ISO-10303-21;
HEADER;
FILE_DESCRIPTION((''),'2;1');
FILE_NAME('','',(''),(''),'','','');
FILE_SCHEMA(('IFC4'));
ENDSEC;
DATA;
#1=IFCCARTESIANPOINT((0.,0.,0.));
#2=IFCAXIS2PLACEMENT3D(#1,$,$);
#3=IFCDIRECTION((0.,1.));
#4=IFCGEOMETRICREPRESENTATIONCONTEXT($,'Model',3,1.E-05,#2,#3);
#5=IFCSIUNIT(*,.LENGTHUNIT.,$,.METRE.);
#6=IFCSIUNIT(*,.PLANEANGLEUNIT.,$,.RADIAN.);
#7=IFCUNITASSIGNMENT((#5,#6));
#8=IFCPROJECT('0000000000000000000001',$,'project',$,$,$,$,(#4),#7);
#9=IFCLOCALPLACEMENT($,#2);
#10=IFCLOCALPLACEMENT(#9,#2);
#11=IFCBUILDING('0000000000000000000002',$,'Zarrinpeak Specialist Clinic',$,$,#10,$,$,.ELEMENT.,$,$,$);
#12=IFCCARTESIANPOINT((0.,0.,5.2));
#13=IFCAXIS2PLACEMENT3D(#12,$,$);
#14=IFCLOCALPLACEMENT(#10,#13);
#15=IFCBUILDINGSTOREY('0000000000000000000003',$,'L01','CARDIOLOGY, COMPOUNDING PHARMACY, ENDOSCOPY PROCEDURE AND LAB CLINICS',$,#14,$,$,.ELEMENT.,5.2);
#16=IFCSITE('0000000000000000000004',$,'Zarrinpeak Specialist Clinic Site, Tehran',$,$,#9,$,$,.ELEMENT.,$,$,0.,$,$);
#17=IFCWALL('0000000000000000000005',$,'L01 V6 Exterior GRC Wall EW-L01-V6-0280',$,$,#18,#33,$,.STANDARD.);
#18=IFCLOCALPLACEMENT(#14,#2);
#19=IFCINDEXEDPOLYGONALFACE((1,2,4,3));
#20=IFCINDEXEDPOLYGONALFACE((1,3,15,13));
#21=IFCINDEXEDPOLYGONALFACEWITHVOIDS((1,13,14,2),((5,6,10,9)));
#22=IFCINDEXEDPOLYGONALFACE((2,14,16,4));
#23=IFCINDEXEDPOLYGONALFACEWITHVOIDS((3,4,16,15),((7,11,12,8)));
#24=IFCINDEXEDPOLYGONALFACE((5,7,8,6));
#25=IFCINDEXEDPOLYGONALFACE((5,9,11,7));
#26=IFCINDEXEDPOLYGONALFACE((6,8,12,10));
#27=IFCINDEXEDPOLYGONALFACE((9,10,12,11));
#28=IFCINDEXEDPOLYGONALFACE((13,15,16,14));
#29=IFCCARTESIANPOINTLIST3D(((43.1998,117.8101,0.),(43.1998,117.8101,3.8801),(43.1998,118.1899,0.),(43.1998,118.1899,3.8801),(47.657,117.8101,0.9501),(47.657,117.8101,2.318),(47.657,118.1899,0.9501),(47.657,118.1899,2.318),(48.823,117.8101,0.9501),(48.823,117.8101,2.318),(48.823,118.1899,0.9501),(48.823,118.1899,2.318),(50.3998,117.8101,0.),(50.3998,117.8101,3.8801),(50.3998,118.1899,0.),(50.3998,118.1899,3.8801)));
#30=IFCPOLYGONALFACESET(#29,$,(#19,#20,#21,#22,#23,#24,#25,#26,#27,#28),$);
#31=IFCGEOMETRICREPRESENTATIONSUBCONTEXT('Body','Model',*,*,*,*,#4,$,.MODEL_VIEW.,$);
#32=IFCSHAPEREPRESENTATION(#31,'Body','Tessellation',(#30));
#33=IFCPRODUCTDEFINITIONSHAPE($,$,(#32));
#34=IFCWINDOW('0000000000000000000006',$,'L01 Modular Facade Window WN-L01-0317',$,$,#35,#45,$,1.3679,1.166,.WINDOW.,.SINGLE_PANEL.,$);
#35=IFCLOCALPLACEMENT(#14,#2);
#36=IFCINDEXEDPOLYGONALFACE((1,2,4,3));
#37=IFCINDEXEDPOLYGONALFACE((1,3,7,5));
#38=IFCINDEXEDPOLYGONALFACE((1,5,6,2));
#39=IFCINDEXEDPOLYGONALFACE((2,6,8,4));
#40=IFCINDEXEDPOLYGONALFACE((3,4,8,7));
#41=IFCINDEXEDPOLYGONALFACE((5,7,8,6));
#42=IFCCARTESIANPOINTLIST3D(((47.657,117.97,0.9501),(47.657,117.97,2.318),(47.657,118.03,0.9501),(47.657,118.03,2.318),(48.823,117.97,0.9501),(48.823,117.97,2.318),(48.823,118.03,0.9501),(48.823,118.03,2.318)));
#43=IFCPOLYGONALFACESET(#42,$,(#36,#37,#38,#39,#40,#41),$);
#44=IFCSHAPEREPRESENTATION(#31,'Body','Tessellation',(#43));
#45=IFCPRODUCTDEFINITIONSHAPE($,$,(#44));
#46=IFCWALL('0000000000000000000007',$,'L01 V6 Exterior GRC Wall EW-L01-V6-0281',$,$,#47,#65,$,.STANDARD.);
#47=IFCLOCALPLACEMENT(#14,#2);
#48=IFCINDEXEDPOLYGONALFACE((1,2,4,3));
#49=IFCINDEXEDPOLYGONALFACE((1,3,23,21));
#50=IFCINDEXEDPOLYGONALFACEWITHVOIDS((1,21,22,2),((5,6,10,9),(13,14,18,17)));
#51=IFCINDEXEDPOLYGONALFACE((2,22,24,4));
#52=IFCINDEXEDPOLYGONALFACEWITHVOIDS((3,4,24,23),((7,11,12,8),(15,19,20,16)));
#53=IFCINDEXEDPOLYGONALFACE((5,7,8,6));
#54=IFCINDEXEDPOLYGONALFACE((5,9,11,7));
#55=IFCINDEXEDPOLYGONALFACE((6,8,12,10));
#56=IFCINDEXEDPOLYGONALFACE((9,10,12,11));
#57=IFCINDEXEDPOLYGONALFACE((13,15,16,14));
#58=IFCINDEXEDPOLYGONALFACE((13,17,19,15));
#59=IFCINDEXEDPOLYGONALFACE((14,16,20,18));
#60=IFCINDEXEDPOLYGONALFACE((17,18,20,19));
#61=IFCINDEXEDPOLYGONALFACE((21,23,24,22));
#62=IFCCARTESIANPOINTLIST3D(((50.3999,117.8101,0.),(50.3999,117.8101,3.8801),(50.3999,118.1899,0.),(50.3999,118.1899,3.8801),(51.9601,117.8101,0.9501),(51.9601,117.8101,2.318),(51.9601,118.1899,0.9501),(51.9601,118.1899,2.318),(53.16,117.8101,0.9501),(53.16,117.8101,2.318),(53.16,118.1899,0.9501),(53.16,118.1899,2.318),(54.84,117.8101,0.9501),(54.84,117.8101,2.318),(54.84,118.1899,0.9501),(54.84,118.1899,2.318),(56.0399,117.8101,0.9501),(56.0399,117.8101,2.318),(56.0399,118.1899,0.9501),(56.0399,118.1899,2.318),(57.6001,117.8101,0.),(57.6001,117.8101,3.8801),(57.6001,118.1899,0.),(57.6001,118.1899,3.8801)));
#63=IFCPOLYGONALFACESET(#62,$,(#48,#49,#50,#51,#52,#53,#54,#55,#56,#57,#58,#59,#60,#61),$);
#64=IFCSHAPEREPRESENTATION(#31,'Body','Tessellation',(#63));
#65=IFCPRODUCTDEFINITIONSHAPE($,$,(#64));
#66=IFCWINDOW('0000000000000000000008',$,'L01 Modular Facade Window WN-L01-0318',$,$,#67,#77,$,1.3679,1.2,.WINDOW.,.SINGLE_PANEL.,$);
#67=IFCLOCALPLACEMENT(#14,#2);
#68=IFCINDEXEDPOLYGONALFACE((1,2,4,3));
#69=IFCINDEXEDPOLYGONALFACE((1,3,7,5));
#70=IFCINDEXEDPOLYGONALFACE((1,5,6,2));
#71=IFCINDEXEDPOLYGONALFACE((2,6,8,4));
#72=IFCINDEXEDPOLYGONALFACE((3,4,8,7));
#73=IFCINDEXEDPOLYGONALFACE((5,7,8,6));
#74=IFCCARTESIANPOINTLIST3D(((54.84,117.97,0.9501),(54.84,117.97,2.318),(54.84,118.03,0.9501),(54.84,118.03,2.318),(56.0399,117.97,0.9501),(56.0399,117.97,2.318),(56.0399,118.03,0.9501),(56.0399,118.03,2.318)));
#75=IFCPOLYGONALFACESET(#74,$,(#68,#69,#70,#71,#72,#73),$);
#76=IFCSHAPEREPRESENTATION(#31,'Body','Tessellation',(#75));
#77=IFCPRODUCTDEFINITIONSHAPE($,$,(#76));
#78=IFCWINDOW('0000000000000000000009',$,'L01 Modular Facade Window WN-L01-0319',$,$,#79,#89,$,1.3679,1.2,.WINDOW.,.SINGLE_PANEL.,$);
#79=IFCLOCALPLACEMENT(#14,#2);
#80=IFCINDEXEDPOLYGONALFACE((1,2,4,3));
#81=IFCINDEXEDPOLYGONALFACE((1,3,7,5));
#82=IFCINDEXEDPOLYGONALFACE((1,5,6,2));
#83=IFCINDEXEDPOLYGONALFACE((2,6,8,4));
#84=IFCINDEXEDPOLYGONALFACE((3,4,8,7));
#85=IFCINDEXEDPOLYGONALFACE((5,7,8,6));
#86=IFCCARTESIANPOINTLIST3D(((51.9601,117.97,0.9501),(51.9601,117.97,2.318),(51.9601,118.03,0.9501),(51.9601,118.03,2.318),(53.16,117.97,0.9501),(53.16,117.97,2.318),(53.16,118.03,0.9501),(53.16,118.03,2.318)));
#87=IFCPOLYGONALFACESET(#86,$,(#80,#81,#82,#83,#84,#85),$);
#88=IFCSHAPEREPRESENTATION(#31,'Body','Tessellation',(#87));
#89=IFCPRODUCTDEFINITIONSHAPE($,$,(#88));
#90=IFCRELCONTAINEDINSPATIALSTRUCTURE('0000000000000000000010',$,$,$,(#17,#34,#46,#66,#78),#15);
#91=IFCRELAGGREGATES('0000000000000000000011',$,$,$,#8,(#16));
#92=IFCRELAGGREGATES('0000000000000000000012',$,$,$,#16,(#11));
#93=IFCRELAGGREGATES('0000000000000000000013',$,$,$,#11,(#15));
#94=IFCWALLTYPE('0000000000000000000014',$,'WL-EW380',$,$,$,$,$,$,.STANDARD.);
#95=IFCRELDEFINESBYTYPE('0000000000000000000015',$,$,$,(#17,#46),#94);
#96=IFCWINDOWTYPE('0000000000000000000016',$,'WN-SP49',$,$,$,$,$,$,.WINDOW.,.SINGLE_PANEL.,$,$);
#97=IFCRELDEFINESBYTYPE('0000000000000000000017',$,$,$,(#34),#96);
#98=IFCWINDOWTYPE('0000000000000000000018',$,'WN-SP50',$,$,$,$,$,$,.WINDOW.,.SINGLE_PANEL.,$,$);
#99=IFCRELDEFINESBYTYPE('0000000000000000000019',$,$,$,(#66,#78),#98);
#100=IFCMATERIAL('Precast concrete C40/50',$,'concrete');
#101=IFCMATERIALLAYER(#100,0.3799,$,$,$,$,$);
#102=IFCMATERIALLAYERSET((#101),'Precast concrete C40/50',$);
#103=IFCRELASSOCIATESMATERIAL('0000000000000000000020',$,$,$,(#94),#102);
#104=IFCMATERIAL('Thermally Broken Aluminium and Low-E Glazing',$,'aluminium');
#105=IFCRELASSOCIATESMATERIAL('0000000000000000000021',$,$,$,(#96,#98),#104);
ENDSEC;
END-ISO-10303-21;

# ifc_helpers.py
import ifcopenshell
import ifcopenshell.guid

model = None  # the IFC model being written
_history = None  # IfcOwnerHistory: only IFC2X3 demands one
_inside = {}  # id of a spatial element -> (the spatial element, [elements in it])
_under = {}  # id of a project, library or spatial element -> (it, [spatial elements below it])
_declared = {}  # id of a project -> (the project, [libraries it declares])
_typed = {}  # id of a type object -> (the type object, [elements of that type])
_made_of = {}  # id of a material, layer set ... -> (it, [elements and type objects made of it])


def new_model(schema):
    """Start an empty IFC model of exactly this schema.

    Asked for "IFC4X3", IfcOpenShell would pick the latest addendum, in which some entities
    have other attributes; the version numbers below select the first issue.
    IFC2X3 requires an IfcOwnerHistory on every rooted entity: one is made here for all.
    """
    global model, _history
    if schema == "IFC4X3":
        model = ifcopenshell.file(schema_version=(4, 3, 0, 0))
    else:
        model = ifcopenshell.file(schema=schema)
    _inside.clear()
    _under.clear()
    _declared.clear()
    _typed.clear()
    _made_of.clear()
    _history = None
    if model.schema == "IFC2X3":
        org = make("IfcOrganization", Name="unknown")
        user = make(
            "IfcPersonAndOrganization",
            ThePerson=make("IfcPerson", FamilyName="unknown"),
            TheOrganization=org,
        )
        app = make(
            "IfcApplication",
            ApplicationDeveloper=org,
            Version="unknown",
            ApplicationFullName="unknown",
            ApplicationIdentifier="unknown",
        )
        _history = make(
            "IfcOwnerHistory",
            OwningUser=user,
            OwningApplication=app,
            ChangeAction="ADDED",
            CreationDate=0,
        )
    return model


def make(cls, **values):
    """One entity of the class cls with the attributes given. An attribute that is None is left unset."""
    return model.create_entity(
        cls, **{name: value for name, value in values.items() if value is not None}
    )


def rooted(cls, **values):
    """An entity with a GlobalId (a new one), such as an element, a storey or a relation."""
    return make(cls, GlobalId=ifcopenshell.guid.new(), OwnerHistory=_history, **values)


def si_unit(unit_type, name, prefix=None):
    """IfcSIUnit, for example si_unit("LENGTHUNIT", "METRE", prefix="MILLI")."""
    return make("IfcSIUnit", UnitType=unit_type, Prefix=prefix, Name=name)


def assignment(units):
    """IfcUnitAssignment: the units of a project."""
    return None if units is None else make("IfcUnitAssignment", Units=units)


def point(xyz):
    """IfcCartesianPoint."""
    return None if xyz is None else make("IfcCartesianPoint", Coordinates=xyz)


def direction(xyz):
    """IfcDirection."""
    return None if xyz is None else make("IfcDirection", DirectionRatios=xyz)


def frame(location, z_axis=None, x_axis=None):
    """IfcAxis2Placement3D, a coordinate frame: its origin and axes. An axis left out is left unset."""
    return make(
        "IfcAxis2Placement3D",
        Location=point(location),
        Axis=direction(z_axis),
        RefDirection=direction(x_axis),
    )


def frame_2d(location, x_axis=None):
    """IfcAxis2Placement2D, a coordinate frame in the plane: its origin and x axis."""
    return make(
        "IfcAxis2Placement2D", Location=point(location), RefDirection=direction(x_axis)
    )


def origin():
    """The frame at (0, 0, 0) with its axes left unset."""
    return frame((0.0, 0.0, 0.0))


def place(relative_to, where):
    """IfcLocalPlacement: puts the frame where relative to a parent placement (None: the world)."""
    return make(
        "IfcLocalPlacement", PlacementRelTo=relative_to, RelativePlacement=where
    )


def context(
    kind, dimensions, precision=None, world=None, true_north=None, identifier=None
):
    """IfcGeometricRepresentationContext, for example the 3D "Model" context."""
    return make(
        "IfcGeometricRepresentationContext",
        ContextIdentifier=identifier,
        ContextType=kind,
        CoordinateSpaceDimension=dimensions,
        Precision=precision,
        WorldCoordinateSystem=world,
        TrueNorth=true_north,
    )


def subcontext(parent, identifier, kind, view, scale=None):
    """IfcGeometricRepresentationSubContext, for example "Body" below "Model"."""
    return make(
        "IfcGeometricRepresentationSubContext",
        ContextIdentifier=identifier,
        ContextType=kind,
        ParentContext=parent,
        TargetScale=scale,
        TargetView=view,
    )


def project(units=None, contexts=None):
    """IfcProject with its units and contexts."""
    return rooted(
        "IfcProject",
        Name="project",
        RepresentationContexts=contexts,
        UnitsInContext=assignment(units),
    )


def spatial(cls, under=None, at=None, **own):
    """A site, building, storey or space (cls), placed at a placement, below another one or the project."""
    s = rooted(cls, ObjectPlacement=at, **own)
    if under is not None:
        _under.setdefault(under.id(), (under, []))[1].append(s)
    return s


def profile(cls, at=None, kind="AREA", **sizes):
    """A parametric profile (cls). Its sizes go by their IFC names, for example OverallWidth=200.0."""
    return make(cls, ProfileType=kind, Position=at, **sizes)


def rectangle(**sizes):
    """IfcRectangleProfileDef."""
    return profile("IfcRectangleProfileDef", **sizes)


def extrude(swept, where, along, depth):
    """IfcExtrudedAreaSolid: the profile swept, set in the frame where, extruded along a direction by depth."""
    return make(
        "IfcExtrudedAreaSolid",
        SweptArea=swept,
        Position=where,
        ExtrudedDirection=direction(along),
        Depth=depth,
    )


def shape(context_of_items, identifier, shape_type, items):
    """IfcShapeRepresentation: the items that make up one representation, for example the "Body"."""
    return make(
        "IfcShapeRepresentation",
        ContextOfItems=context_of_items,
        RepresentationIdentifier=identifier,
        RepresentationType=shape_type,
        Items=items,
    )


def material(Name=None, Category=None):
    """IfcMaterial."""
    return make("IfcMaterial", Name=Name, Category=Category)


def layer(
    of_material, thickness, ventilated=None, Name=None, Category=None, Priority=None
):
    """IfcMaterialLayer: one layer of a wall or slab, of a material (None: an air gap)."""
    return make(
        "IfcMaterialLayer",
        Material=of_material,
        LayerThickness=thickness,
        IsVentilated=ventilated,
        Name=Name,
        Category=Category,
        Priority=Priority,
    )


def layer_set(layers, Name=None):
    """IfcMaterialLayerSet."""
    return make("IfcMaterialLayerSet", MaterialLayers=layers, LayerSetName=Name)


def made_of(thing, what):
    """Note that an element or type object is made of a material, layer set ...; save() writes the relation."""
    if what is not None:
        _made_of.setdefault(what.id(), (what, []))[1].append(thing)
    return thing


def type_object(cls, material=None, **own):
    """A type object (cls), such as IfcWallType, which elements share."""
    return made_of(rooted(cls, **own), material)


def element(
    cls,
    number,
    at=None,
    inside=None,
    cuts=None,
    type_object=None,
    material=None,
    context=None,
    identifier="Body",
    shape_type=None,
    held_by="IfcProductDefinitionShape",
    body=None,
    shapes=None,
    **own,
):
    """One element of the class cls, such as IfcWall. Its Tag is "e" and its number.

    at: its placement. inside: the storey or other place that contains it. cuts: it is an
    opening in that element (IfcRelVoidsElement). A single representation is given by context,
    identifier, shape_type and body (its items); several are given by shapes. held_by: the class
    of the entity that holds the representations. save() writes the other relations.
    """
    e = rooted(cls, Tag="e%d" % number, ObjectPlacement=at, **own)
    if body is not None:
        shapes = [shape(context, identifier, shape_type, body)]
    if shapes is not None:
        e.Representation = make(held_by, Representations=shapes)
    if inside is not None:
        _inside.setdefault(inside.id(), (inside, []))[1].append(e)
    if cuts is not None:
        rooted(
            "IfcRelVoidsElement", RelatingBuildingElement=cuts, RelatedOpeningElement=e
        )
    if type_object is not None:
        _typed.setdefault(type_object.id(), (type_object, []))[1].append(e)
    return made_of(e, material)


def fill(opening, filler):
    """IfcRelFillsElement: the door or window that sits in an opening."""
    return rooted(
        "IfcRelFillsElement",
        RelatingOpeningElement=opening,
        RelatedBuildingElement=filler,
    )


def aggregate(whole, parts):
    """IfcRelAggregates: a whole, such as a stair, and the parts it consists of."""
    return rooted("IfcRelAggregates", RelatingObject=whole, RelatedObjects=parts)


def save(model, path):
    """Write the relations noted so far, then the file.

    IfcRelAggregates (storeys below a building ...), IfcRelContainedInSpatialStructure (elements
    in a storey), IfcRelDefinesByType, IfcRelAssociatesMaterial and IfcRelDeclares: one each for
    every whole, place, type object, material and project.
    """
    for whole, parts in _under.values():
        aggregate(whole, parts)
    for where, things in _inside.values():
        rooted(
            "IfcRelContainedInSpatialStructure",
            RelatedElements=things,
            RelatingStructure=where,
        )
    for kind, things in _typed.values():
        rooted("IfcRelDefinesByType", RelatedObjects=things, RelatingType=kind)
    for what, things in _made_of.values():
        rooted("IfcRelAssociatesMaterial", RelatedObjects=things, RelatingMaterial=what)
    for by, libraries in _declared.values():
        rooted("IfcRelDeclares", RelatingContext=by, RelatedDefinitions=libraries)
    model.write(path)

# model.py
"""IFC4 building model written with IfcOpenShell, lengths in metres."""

from ifc_helpers import new_model, si_unit, direction, frame, frame_2d, origin, place, context, subcontext, project, spatial, rectangle, extrude, material, layer, layer_set, type_object, element, fill, save


model = new_model("IFC4")

# Units and contexts
model_context = context("Model", 3, precision=1e-05, world=origin(), true_north=direction((0.0, 1.0)))
body_context = subcontext(model_context, "Body", "Model", "MODEL_VIEW")
ifc_project = project(units=[si_unit("LENGTHUNIT", "METRE"), si_unit("PLANEANGLEUNIT", "RADIAN")], contexts=[model_context])

# Site, building, storey
site_placement = place(None, origin())
site = spatial("IfcSite", under=ifc_project, at=site_placement, Name="Zarrinpeak Specialist Clinic Site, Tehran", CompositionType="ELEMENT", RefElevation=0.0)
building_placement = place(site_placement, origin())
building = spatial("IfcBuilding", under=site, at=building_placement, Name="Zarrinpeak Specialist Clinic", CompositionType="ELEMENT")
storey_placement = place(building_placement, frame((0.0, 0.0, 5.2)))
storey = spatial("IfcBuildingStorey", under=building, at=storey_placement, Name="L01", Description="CARDIOLOGY, COMPOUNDING PHARMACY, ENDOSCOPY PROCEDURE AND LAB CLINICS", CompositionType="ELEMENT", Elevation=5.2)

# Wall, opening, window
ifc_material_1 = material(Name="Precast concrete C40/50", Category="concrete")
ifc_layer = layer(ifc_material_1, 0.3799)
ifc_layer_set = layer_set([ifc_layer], Name="Precast concrete C40/50")
wall_type = type_object("IfcWallType", Name="WL-EW380", PredefinedType="STANDARD", material=ifc_layer_set)
wall_1_placement = place(storey_placement, frame((50.3999, 118.0, 0.0), z_axis=(0.0, 0.0, 1.0), x_axis=(-1.0, 0.0, 0.0)))
wall_1 = element("IfcWall", 1, at=wall_1_placement, inside=storey, type_object=wall_type, Name="L01 V6 Exterior GRC Wall EW-L01-V6-0280", PredefinedType="STANDARD", context=body_context, shape_type="SweptSolid", body=[
    extrude(rectangle(XDim=7.2, YDim=0.3799, at=frame_2d((3.6001, 0.0))), origin(), (0.0, 0.0, 1.0), 3.8801),
])
opening_1_placement = place(wall_1_placement, frame((1.5769, 0.0, 0.95)))
opening_1 = element("IfcOpeningElement", 2, at=opening_1_placement, cuts=wall_1, PredefinedType="OPENING", context=body_context, shape_type="SweptSolid", body=[
    extrude(rectangle(XDim=1.166, YDim=1.3679, at=frame_2d((0.583, 0.6841))), frame((0.0, 0.2, 0.0), z_axis=(0.0, -1.0, 0.0), x_axis=(1.0, 0.0, 0.0)), (0.0, 0.0, 1.0), 0.3999),
])
ifc_material_2 = material(Name="Thermally Broken Aluminium and Low-E Glazing", Category="aluminium")
window_type_1 = type_object("IfcWindowType", Name="WN-SP49", PartitioningType="SINGLE_PANEL", PredefinedType="WINDOW", material=ifc_material_2)
window_1_placement = place(opening_1_placement, origin())
window_1 = element("IfcWindow", 3, at=window_1_placement, inside=storey, type_object=window_type_1, Name="L01 Modular Facade Window WN-L01-0317", OverallHeight=1.3679, OverallWidth=1.166, PartitioningType="SINGLE_PANEL", PredefinedType="WINDOW", context=body_context, shape_type="SweptSolid", body=[
    extrude(rectangle(XDim=1.166, YDim=1.3679, at=frame_2d((0.583, 0.6841))), frame((0.0, 0.03, 0.0), z_axis=(0.0, -1.0, 0.0), x_axis=(1.0, 0.0, 0.0)), (0.0, 0.0, 1.0), 0.0601),
])
fill(opening_1, window_1)

# Wall, openings, windows
wall_2_placement = place(storey_placement, frame((57.6001, 118.0, 0.0), z_axis=(0.0, 0.0, 1.0), x_axis=(-1.0, 0.0, 0.0)))
wall_2 = element("IfcWall", 4, at=wall_2_placement, inside=storey, type_object=wall_type, Name="L01 V6 Exterior GRC Wall EW-L01-V6-0281", PredefinedType="STANDARD", context=body_context, shape_type="SweptSolid", body=[
    extrude(rectangle(XDim=7.2002, YDim=0.3799, at=frame_2d((3.6001, 0.0))), origin(), (0.0, 0.0, 1.0), 3.8801),
])
opening_2_placement = place(wall_2_placement, frame((1.5601, 0.0, 0.95)))
opening_2 = element("IfcOpeningElement", 5, at=opening_2_placement, cuts=wall_2, PredefinedType="OPENING", context=body_context, shape_type="SweptSolid", body=[
    extrude(rectangle(XDim=1.2, YDim=1.3679, at=frame_2d((0.6001, 0.6841))), frame((0.0, 0.2, 0.0), z_axis=(0.0, -1.0, 0.0), x_axis=(1.0, 0.0, 0.0)), (0.0, 0.0, 1.0), 0.3999),
])
opening_3_placement = place(wall_2_placement, frame((4.4399, 0.0, 0.95)))
opening_3 = element("IfcOpeningElement", 6, at=opening_3_placement, cuts=wall_2, PredefinedType="OPENING", context=body_context, shape_type="SweptSolid", body=[
    extrude(rectangle(XDim=1.2, YDim=1.3679, at=frame_2d((0.6001, 0.6841))), frame((0.0, 0.2, 0.0), z_axis=(0.0, -1.0, 0.0), x_axis=(1.0, 0.0, 0.0)), (0.0, 0.0, 1.0), 0.3999),
])
window_type_2 = type_object("IfcWindowType", Name="WN-SP50", PartitioningType="SINGLE_PANEL", PredefinedType="WINDOW", material=ifc_material_2)
window_2_placement = place(opening_2_placement, origin())
window_2 = element("IfcWindow", 7, at=window_2_placement, inside=storey, type_object=window_type_2, Name="L01 Modular Facade Window WN-L01-0318", OverallHeight=1.3679, OverallWidth=1.2, PartitioningType="SINGLE_PANEL", PredefinedType="WINDOW", context=body_context, shape_type="SweptSolid", body=[
    extrude(rectangle(XDim=1.2, YDim=1.3679, at=frame_2d((0.6001, 0.6841))), frame((0.0, 0.03, 0.0), z_axis=(0.0, -1.0, 0.0), x_axis=(1.0, 0.0, 0.0)), (0.0, 0.0, 1.0), 0.0601),
])
fill(opening_2, window_2)
window_3_placement = place(opening_3_placement, origin())
window_3 = element("IfcWindow", 8, at=window_3_placement, inside=storey, type_object=window_type_2, Name="L01 Modular Facade Window WN-L01-0319", OverallHeight=1.3679, OverallWidth=1.2, PartitioningType="SINGLE_PANEL", PredefinedType="WINDOW", context=body_context, shape_type="SweptSolid", body=[
    extrude(rectangle(XDim=1.2, YDim=1.3679, at=frame_2d((0.6001, 0.6841))), frame((0.0, 0.03, 0.0), z_axis=(0.0, -1.0, 0.0), x_axis=(1.0, 0.0, 0.0)), (0.0, 0.0, 1.0), 0.0601),
])
fill(opening_3, window_3)

save(model, "model.ifc")
